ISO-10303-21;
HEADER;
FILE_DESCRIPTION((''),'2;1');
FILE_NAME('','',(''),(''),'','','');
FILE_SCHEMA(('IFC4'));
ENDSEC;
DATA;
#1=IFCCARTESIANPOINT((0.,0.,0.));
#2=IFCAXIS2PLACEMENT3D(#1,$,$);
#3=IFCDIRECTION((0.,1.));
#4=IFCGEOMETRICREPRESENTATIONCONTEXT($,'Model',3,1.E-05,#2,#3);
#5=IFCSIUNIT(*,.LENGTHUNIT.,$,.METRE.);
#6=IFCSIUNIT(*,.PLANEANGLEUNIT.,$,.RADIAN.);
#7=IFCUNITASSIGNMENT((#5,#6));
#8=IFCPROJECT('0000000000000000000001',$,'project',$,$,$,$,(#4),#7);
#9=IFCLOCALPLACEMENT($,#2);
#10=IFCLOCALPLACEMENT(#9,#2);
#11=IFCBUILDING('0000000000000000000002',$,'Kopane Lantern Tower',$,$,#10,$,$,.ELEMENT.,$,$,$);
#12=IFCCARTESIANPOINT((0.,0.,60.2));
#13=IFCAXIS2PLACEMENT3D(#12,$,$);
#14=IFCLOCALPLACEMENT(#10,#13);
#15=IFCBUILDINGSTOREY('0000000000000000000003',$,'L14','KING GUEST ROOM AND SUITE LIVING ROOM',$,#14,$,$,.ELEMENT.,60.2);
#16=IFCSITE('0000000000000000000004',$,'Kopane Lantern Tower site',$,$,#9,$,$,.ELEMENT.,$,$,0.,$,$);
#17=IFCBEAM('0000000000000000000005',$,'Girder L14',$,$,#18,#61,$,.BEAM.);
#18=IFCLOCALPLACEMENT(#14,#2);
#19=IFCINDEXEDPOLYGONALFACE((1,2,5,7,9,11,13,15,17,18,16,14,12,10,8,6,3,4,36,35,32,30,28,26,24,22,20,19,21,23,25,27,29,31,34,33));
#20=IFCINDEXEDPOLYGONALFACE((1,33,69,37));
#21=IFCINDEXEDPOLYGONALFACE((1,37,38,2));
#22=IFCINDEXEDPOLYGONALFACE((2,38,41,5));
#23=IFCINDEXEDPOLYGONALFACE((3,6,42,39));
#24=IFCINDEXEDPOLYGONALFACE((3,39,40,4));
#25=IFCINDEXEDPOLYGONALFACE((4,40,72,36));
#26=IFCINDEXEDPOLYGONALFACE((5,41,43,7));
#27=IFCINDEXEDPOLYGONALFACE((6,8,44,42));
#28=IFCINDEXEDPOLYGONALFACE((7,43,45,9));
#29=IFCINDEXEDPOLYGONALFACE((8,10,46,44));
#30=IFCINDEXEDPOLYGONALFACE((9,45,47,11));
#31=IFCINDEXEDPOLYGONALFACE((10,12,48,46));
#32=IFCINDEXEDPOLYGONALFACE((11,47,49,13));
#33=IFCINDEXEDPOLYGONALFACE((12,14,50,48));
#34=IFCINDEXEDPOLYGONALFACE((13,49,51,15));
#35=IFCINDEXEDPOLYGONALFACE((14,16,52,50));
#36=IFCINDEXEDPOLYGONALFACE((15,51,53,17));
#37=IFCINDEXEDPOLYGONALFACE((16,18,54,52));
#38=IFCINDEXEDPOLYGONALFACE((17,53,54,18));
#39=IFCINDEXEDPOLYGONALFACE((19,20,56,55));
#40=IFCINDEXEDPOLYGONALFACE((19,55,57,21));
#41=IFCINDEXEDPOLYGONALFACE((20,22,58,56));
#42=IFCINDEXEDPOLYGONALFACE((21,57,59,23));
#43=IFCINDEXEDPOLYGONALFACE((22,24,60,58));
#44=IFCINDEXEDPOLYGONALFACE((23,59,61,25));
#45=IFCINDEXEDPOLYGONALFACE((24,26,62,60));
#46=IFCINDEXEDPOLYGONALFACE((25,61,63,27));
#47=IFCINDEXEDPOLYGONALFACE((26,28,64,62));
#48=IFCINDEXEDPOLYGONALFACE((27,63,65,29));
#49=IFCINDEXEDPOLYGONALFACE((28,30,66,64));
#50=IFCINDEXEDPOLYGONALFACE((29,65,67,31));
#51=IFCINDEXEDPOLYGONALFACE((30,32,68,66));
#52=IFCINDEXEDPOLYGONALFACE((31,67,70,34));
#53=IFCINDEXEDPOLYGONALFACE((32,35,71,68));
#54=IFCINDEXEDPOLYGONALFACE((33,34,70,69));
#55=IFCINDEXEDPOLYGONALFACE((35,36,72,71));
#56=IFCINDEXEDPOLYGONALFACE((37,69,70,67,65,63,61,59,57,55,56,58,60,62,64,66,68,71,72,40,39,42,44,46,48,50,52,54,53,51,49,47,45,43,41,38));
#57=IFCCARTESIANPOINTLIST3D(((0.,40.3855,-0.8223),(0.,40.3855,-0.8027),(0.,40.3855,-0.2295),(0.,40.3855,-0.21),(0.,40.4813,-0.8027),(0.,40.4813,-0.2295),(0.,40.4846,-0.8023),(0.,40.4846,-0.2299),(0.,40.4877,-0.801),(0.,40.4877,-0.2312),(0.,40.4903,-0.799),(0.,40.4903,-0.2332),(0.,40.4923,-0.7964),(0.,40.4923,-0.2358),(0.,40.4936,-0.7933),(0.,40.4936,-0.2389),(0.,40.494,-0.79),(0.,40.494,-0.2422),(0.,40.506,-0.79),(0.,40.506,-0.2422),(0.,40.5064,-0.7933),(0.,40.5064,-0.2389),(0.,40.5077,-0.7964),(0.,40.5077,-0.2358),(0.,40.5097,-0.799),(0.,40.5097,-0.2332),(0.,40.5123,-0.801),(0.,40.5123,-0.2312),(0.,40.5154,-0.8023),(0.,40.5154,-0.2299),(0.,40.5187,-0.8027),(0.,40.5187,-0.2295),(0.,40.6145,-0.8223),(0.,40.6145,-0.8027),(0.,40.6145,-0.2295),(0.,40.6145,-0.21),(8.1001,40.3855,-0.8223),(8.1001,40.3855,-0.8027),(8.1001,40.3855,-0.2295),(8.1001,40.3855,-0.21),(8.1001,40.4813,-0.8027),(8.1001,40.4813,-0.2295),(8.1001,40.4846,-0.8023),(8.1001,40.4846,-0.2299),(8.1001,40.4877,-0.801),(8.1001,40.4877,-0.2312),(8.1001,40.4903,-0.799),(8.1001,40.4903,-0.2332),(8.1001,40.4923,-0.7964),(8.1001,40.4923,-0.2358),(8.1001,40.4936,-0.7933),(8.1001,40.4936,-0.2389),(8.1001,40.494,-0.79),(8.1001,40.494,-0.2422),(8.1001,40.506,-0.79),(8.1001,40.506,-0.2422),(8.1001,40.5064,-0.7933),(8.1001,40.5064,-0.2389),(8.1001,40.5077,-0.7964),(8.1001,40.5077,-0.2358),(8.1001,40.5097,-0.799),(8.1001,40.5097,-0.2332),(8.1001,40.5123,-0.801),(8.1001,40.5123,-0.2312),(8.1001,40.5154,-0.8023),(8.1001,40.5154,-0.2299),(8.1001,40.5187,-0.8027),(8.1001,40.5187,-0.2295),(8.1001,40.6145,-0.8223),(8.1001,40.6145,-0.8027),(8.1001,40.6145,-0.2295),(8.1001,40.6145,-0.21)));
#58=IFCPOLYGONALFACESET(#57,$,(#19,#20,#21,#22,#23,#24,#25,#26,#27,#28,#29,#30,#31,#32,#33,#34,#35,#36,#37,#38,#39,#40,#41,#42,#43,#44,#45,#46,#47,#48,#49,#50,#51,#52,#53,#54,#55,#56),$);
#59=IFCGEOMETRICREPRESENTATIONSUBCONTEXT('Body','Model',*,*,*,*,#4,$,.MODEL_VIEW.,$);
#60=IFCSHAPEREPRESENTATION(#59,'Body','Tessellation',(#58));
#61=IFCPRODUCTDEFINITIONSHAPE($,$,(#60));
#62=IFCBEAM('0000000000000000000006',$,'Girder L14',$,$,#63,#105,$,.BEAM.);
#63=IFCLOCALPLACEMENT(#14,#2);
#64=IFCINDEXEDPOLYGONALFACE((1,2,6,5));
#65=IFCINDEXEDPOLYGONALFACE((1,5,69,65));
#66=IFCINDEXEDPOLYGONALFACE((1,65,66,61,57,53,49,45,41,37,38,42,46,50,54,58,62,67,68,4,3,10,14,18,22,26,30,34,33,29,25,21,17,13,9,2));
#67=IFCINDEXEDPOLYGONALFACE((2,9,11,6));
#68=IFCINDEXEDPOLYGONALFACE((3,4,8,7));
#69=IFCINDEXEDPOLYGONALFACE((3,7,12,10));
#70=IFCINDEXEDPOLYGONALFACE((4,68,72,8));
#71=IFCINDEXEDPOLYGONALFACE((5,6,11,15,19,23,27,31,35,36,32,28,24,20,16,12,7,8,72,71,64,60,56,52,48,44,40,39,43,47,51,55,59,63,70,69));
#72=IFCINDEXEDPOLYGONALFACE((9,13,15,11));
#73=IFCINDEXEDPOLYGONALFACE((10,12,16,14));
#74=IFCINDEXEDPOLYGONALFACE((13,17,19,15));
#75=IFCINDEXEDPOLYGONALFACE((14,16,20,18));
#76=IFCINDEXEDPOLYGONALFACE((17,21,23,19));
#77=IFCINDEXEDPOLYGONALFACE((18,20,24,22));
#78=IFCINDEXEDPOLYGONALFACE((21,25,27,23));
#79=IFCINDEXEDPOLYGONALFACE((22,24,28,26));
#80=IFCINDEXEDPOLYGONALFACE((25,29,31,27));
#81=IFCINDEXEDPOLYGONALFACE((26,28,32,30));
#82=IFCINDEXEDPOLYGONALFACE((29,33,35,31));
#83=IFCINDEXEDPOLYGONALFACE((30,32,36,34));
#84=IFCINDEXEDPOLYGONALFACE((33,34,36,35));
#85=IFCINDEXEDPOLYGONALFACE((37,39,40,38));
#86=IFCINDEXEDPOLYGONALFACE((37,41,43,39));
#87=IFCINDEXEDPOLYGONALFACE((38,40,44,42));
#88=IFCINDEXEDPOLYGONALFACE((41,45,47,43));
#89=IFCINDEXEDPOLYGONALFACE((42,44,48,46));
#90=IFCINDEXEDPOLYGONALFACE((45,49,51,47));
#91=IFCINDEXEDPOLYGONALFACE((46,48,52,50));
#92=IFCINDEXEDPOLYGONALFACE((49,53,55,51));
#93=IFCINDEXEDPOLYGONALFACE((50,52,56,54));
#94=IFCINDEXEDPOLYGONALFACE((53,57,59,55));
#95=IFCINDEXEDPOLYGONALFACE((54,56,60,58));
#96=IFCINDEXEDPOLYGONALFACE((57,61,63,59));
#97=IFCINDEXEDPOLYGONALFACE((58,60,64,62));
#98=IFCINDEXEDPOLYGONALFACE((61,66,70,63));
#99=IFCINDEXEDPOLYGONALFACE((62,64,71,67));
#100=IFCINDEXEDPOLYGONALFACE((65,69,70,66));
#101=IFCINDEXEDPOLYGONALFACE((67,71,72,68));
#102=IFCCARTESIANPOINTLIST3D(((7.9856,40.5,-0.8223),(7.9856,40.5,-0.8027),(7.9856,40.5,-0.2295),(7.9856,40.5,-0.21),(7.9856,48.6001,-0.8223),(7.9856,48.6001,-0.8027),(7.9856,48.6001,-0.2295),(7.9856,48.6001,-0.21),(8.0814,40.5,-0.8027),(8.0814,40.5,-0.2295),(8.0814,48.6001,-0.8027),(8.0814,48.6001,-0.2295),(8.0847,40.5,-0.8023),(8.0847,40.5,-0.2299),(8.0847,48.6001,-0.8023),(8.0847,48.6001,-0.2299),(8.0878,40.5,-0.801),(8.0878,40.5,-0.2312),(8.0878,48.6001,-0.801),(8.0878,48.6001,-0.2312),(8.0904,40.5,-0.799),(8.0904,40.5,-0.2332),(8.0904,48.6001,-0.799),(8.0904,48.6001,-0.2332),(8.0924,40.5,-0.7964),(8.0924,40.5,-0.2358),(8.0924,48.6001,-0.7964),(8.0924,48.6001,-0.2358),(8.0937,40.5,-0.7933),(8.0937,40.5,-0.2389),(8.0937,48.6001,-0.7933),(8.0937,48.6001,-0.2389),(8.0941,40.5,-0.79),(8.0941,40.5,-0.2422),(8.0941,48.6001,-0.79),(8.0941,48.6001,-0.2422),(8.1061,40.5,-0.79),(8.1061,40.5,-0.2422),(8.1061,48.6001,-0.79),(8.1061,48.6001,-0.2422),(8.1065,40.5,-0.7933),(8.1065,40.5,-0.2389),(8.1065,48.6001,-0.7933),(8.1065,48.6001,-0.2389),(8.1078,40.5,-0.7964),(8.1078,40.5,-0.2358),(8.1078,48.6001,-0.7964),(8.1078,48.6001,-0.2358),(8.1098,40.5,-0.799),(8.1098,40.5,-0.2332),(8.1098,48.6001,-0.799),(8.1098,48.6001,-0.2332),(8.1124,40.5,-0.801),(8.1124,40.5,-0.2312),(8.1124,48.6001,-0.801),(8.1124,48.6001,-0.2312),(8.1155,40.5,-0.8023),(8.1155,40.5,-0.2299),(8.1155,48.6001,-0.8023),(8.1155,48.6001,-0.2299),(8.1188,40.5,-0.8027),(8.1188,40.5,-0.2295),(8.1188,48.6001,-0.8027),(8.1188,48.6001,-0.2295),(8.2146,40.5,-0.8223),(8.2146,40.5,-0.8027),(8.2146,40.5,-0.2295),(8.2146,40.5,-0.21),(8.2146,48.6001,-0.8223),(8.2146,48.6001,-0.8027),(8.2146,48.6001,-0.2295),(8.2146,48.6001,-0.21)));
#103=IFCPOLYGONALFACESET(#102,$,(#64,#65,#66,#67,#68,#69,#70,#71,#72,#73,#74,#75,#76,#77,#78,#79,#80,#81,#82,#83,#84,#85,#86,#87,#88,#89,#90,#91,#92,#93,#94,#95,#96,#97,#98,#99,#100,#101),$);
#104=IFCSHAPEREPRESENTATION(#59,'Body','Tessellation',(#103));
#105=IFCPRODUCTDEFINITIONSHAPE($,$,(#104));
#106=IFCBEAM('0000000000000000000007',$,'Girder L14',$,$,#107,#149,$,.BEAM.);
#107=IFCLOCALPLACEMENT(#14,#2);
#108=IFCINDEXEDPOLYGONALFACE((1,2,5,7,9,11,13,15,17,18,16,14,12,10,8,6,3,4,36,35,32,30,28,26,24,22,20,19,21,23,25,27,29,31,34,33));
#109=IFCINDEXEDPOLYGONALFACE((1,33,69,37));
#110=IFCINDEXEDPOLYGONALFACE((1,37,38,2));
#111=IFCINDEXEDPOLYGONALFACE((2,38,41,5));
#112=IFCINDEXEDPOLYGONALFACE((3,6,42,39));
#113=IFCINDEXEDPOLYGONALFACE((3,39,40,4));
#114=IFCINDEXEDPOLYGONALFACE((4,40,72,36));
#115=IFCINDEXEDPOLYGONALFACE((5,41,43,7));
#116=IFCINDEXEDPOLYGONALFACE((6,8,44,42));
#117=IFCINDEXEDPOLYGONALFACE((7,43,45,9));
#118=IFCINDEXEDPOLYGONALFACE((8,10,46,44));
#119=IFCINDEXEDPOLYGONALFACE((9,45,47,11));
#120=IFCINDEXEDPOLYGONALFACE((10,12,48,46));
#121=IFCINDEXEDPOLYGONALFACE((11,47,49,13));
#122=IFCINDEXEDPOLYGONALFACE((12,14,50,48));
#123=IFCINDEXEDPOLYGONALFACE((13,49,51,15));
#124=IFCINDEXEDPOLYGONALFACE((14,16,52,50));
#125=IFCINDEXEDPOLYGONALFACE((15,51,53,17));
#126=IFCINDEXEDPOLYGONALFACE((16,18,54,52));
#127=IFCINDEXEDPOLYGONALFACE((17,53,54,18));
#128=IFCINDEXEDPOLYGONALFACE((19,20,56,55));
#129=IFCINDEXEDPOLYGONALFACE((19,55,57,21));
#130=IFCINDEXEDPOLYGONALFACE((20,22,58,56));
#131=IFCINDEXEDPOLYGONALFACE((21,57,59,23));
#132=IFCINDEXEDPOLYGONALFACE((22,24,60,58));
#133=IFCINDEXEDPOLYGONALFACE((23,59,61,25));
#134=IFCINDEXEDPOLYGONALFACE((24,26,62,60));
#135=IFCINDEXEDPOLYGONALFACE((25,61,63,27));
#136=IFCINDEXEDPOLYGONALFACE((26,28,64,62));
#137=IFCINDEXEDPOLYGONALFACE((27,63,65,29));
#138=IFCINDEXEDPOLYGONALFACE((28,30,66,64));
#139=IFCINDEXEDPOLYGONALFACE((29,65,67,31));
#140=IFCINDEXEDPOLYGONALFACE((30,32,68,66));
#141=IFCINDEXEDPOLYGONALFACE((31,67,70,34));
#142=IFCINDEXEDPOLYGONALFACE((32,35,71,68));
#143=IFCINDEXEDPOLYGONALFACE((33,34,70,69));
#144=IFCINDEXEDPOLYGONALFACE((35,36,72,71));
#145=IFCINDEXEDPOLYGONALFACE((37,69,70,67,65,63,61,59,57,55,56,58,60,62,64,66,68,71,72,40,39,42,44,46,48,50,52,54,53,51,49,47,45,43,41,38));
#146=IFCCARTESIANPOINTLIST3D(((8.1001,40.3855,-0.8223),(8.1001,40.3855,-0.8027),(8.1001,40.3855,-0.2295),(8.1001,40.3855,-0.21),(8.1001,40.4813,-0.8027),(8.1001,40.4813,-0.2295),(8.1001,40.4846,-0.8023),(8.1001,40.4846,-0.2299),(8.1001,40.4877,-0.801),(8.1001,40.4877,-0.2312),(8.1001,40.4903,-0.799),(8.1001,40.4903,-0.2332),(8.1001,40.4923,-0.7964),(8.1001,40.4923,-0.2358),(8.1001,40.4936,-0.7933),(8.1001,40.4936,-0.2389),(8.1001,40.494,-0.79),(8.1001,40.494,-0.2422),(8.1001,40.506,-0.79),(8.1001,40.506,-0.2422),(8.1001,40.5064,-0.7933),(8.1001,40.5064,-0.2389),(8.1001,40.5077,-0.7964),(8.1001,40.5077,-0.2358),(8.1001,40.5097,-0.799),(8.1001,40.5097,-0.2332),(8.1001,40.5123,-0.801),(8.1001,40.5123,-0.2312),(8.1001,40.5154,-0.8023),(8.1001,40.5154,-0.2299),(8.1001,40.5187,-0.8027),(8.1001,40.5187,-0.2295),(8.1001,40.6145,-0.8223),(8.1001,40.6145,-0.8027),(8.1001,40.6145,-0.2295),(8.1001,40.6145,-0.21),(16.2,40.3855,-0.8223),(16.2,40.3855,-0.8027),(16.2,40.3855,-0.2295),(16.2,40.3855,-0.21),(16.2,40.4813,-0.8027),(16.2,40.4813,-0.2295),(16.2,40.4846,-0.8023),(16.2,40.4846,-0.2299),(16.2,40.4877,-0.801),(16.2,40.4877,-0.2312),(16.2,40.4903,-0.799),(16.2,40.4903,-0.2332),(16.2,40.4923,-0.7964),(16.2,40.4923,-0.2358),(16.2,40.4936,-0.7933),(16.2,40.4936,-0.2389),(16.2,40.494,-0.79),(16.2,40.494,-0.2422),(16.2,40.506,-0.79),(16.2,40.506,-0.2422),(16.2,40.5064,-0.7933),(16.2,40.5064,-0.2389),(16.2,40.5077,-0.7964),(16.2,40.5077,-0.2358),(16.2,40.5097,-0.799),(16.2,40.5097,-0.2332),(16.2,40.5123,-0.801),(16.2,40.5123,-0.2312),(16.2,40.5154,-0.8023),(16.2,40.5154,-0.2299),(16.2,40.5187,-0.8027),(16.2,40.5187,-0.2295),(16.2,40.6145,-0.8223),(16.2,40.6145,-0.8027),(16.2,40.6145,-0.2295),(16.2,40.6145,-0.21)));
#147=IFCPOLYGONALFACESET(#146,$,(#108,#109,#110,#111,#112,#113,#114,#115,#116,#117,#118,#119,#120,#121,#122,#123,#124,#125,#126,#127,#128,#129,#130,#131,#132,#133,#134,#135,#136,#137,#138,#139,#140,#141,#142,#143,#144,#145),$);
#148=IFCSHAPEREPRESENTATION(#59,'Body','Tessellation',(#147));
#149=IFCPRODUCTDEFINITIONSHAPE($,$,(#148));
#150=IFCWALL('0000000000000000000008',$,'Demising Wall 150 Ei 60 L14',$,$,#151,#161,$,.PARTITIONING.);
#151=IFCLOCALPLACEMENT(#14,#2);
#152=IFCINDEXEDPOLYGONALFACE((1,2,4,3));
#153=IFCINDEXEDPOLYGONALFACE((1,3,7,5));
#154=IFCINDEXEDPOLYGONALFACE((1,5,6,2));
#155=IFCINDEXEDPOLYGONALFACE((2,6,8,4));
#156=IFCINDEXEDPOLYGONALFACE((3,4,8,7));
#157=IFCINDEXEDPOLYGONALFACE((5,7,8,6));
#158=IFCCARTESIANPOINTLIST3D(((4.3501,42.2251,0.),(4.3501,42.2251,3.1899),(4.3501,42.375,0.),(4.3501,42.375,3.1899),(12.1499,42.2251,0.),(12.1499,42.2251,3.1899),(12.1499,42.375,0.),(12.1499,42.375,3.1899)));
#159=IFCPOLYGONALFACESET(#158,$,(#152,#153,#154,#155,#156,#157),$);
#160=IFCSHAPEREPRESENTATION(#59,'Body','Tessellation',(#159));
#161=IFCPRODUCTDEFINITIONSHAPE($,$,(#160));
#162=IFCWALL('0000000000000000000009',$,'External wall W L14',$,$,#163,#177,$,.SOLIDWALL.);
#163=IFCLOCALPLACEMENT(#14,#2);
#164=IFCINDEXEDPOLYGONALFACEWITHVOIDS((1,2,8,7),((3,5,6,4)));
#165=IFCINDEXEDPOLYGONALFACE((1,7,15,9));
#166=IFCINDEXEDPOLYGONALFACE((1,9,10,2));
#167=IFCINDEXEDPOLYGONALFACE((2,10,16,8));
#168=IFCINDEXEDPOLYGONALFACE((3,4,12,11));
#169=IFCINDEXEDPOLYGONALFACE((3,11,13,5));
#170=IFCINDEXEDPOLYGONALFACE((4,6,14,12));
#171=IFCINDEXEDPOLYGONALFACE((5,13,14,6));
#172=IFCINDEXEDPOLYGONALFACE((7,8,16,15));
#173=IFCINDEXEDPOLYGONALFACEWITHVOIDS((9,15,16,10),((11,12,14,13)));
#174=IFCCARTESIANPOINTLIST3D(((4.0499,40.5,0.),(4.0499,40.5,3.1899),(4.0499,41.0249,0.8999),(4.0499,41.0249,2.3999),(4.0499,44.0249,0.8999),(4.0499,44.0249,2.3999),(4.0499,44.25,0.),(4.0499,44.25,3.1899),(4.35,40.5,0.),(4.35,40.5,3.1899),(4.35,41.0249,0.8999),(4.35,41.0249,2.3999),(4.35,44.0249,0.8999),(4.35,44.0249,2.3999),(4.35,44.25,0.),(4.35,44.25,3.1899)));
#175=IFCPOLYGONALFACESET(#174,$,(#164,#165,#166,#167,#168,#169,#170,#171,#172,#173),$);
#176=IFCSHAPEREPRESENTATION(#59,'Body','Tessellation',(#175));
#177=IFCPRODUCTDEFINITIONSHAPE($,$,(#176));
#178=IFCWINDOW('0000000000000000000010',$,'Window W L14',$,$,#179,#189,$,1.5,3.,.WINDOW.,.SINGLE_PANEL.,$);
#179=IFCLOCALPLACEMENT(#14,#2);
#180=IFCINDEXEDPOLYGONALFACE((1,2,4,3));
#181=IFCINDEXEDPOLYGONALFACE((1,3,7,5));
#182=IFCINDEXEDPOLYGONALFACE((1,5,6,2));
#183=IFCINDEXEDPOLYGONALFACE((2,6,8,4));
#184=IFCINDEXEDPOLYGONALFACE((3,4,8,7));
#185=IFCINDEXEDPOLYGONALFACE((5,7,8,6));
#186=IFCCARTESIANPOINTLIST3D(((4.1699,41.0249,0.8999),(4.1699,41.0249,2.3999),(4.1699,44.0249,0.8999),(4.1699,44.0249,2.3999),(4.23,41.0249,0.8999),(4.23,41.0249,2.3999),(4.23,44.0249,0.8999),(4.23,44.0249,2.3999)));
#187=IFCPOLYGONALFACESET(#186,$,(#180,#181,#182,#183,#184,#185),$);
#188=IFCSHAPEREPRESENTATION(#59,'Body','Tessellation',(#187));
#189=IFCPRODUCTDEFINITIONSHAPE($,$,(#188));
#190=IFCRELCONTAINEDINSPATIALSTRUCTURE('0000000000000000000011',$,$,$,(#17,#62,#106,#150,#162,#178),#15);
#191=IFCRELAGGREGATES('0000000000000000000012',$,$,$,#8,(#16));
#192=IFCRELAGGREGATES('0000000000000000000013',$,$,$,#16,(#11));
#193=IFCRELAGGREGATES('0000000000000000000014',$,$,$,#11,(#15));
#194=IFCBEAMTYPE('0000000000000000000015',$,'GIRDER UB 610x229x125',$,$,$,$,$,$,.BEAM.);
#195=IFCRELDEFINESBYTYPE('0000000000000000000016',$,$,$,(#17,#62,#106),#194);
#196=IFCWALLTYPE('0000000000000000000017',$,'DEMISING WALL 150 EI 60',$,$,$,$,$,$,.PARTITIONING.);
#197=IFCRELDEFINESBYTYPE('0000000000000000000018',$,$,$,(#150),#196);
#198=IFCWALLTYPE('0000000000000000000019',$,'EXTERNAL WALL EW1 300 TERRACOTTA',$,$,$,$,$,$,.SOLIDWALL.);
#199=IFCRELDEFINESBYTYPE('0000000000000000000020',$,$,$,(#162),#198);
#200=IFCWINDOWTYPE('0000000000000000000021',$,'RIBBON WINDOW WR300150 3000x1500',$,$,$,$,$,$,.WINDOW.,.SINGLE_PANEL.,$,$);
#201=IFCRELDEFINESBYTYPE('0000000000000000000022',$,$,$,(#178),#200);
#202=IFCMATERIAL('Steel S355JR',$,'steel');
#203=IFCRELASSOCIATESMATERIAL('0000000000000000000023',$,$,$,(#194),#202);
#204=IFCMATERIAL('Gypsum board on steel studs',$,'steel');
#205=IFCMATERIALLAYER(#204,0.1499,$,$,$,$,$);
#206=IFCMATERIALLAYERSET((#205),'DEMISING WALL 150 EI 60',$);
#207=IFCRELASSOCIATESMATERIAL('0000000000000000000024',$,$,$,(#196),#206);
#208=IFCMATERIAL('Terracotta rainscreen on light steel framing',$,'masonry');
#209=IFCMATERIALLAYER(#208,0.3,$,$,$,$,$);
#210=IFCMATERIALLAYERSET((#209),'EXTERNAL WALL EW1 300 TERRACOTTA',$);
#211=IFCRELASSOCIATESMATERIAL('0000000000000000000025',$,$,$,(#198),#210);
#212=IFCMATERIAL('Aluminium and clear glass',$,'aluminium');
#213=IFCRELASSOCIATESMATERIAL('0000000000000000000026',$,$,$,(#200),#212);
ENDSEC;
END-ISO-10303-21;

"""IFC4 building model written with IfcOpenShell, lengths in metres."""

from ifc_helpers import new_model, si_unit, direction, frame, frame_2d, origin, origin_2d, place, context, subcontext, project, spatial, rectangle, i_section, extrude, material, layer, layer_set, material_profile, profile_set, type_object, element, fill, save


model = new_model("IFC4")

# Units and contexts
model_context = context("Model", 3, precision=1e-05, world=origin(), true_north=direction((0.0, 1.0)))
body_context = subcontext(model_context, "Body", "Model", "MODEL_VIEW")
ifc_project = project(units=[si_unit("LENGTHUNIT", "METRE"), si_unit("PLANEANGLEUNIT", "RADIAN")], contexts=[model_context])

# Site, building, storey
site_placement = place(None, origin())
site = spatial("IfcSite", under=ifc_project, at=site_placement, Name="Kopane Lantern Tower site", CompositionType="ELEMENT", RefElevation=0.0)
building_placement = place(site_placement, origin())
building = spatial("IfcBuilding", under=site, at=building_placement, Name="Kopane Lantern Tower", CompositionType="ELEMENT")
storey_placement = place(building_placement, frame((0.0, 0.0, 60.2)))
storey = spatial("IfcBuildingStorey", under=building, at=storey_placement, Name="L14", Description="KING GUEST ROOM AND SUITE LIVING ROOM", CompositionType="ELEMENT", Elevation=60.2)

# Beams
ifc_material_1 = material(Name="Steel S355JR", Category="steel")
ifc_material_profile_1 = material_profile(ifc_material_1, i_section(OverallWidth=0.229, OverallDepth=0.6123, WebThickness=0.012, FlangeThickness=0.0195, FilletRadius=0.0127, at=origin_2d()), Name="UB 610x229x125")
ifc_profile_set_1 = profile_set([ifc_material_profile_1], Name="Steel S355JR")
beam_type_1 = type_object("IfcBeamType", Name="GIRDER UB 610x229x125", PredefinedType="BEAM", material=ifc_profile_set_1)
for number, where, z_axis, x_axis, name in (
    (1, (0.0, 40.5, -0.5161), (1.0, 0.0, 0.0), (0.0, 1.0, 0.0), "Girder L14"),
    (2, (8.1001, 40.5, -0.5161), (0.0, 1.0, 0.0), (-1.0, 0.0, 0.0), "Girder L14"),
):
    element("IfcBeam", number, at=place(storey_placement, frame(where, z_axis=z_axis, x_axis=x_axis)), inside=storey, type_object=beam_type_1, Name=name, PredefinedType="BEAM", context=body_context, shape_type="SweptSolid", body=[
        extrude(i_section(OverallWidth=0.229, OverallDepth=0.6123, WebThickness=0.012, FlangeThickness=0.0195, FilletRadius=0.0127, at=origin_2d()), origin(), (0.0, 0.0, 1.0), 8.1001),
    ])
beam_1_placement = place(storey_placement, frame((8.1001, 40.5, -0.5161), z_axis=(1.0, 0.0, 0.0), x_axis=(0.0, 1.0, 0.0)))
element("IfcBeam", 3, at=beam_1_placement, inside=storey, type_object=beam_type_1, Name="Girder L14", PredefinedType="BEAM", context=body_context, shape_type="SweptSolid", body=[
    extrude(i_section(OverallWidth=0.229, OverallDepth=0.6123, WebThickness=0.012, FlangeThickness=0.0195, FilletRadius=0.0127, at=origin_2d()), origin(), (0.0, 0.0, 1.0), 8.0999),
])

# Wall
ifc_material_2 = material(Name="Gypsum board on steel studs", Category="steel")
ifc_layer_1 = layer(ifc_material_2, 0.1499)
ifc_layer_set_1 = layer_set([ifc_layer_1], Name="DEMISING WALL 150 EI 60")
wall_type_1 = type_object("IfcWallType", Name="DEMISING WALL 150 EI 60", PredefinedType="PARTITIONING", material=ifc_layer_set_1)
wall_1_placement = place(storey_placement, frame((4.3501, 42.3, 0.0), z_axis=(0.0, 0.0, 1.0), x_axis=(1.0, 0.0, 0.0)))
element("IfcWall", 4, at=wall_1_placement, inside=storey, type_object=wall_type_1, Name="Demising Wall 150 Ei 60 L14", PredefinedType="PARTITIONING", context=body_context, shape_type="SweptSolid", body=[
    extrude(rectangle(XDim=7.7998, YDim=0.1499, at=frame_2d((3.8999, 0.0))), origin(), (0.0, 0.0, 1.0), 3.1899),
])

# Wall, opening, window
ifc_material_3 = material(Name="Terracotta rainscreen on light steel framing", Category="masonry")
ifc_layer_2 = layer(ifc_material_3, 0.3)
ifc_layer_set_2 = layer_set([ifc_layer_2], Name="EXTERNAL WALL EW1 300 TERRACOTTA")
wall_type_2 = type_object("IfcWallType", Name="EXTERNAL WALL EW1 300 TERRACOTTA", PredefinedType="SOLIDWALL", material=ifc_layer_set_2)
wall_2_placement = place(storey_placement, frame((4.2, 44.25, 0.0), z_axis=(0.0, 0.0, 1.0), x_axis=(0.0, -1.0, 0.0)))
wall_2 = element("IfcWall", 5, at=wall_2_placement, inside=storey, type_object=wall_type_2, Name="External wall W L14", PredefinedType="SOLIDWALL", context=body_context, shape_type="SweptSolid", body=[
    extrude(rectangle(XDim=3.75, YDim=0.3, at=frame_2d((1.875, 0.0))), origin(), (0.0, 0.0, 1.0), 3.1899),
])
opening_placement = place(wall_2_placement, frame((0.2251, 0.0, 0.8999)))
opening = element("IfcOpeningElement", 6, at=opening_placement, cuts=wall_2, PredefinedType="OPENING", context=body_context, shape_type="SweptSolid", body=[
    extrude(rectangle(XDim=3.0, YDim=1.5, at=frame_2d((1.5, 0.75))), frame((0.0, 0.1599, 0.0), z_axis=(0.0, -1.0, 0.0), x_axis=(1.0, 0.0, 0.0)), (0.0, 0.0, 1.0), 0.3201),
])
ifc_material_4 = material(Name="Aluminium and clear glass", Category="aluminium")
window_type = type_object("IfcWindowType", Name="RIBBON WINDOW WR300150 3000x1500", PartitioningType="SINGLE_PANEL", PredefinedType="WINDOW", material=ifc_material_4)
window_placement = place(opening_placement, origin())
window = element("IfcWindow", 7, at=window_placement, inside=storey, type_object=window_type, Name="Window W L14", OverallHeight=1.5, OverallWidth=3.0, PartitioningType="SINGLE_PANEL", PredefinedType="WINDOW", context=body_context, shape_type="SweptSolid", body=[
    extrude(rectangle(XDim=3.0, YDim=1.5, at=frame_2d((1.5, 0.75))), frame((0.0, 0.03, 0.0), z_axis=(0.0, -1.0, 0.0), x_axis=(1.0, 0.0, 0.0)), (0.0, 0.0, 1.0), 0.0601),
])
fill(opening, window)

save(model, "model.ifc")
